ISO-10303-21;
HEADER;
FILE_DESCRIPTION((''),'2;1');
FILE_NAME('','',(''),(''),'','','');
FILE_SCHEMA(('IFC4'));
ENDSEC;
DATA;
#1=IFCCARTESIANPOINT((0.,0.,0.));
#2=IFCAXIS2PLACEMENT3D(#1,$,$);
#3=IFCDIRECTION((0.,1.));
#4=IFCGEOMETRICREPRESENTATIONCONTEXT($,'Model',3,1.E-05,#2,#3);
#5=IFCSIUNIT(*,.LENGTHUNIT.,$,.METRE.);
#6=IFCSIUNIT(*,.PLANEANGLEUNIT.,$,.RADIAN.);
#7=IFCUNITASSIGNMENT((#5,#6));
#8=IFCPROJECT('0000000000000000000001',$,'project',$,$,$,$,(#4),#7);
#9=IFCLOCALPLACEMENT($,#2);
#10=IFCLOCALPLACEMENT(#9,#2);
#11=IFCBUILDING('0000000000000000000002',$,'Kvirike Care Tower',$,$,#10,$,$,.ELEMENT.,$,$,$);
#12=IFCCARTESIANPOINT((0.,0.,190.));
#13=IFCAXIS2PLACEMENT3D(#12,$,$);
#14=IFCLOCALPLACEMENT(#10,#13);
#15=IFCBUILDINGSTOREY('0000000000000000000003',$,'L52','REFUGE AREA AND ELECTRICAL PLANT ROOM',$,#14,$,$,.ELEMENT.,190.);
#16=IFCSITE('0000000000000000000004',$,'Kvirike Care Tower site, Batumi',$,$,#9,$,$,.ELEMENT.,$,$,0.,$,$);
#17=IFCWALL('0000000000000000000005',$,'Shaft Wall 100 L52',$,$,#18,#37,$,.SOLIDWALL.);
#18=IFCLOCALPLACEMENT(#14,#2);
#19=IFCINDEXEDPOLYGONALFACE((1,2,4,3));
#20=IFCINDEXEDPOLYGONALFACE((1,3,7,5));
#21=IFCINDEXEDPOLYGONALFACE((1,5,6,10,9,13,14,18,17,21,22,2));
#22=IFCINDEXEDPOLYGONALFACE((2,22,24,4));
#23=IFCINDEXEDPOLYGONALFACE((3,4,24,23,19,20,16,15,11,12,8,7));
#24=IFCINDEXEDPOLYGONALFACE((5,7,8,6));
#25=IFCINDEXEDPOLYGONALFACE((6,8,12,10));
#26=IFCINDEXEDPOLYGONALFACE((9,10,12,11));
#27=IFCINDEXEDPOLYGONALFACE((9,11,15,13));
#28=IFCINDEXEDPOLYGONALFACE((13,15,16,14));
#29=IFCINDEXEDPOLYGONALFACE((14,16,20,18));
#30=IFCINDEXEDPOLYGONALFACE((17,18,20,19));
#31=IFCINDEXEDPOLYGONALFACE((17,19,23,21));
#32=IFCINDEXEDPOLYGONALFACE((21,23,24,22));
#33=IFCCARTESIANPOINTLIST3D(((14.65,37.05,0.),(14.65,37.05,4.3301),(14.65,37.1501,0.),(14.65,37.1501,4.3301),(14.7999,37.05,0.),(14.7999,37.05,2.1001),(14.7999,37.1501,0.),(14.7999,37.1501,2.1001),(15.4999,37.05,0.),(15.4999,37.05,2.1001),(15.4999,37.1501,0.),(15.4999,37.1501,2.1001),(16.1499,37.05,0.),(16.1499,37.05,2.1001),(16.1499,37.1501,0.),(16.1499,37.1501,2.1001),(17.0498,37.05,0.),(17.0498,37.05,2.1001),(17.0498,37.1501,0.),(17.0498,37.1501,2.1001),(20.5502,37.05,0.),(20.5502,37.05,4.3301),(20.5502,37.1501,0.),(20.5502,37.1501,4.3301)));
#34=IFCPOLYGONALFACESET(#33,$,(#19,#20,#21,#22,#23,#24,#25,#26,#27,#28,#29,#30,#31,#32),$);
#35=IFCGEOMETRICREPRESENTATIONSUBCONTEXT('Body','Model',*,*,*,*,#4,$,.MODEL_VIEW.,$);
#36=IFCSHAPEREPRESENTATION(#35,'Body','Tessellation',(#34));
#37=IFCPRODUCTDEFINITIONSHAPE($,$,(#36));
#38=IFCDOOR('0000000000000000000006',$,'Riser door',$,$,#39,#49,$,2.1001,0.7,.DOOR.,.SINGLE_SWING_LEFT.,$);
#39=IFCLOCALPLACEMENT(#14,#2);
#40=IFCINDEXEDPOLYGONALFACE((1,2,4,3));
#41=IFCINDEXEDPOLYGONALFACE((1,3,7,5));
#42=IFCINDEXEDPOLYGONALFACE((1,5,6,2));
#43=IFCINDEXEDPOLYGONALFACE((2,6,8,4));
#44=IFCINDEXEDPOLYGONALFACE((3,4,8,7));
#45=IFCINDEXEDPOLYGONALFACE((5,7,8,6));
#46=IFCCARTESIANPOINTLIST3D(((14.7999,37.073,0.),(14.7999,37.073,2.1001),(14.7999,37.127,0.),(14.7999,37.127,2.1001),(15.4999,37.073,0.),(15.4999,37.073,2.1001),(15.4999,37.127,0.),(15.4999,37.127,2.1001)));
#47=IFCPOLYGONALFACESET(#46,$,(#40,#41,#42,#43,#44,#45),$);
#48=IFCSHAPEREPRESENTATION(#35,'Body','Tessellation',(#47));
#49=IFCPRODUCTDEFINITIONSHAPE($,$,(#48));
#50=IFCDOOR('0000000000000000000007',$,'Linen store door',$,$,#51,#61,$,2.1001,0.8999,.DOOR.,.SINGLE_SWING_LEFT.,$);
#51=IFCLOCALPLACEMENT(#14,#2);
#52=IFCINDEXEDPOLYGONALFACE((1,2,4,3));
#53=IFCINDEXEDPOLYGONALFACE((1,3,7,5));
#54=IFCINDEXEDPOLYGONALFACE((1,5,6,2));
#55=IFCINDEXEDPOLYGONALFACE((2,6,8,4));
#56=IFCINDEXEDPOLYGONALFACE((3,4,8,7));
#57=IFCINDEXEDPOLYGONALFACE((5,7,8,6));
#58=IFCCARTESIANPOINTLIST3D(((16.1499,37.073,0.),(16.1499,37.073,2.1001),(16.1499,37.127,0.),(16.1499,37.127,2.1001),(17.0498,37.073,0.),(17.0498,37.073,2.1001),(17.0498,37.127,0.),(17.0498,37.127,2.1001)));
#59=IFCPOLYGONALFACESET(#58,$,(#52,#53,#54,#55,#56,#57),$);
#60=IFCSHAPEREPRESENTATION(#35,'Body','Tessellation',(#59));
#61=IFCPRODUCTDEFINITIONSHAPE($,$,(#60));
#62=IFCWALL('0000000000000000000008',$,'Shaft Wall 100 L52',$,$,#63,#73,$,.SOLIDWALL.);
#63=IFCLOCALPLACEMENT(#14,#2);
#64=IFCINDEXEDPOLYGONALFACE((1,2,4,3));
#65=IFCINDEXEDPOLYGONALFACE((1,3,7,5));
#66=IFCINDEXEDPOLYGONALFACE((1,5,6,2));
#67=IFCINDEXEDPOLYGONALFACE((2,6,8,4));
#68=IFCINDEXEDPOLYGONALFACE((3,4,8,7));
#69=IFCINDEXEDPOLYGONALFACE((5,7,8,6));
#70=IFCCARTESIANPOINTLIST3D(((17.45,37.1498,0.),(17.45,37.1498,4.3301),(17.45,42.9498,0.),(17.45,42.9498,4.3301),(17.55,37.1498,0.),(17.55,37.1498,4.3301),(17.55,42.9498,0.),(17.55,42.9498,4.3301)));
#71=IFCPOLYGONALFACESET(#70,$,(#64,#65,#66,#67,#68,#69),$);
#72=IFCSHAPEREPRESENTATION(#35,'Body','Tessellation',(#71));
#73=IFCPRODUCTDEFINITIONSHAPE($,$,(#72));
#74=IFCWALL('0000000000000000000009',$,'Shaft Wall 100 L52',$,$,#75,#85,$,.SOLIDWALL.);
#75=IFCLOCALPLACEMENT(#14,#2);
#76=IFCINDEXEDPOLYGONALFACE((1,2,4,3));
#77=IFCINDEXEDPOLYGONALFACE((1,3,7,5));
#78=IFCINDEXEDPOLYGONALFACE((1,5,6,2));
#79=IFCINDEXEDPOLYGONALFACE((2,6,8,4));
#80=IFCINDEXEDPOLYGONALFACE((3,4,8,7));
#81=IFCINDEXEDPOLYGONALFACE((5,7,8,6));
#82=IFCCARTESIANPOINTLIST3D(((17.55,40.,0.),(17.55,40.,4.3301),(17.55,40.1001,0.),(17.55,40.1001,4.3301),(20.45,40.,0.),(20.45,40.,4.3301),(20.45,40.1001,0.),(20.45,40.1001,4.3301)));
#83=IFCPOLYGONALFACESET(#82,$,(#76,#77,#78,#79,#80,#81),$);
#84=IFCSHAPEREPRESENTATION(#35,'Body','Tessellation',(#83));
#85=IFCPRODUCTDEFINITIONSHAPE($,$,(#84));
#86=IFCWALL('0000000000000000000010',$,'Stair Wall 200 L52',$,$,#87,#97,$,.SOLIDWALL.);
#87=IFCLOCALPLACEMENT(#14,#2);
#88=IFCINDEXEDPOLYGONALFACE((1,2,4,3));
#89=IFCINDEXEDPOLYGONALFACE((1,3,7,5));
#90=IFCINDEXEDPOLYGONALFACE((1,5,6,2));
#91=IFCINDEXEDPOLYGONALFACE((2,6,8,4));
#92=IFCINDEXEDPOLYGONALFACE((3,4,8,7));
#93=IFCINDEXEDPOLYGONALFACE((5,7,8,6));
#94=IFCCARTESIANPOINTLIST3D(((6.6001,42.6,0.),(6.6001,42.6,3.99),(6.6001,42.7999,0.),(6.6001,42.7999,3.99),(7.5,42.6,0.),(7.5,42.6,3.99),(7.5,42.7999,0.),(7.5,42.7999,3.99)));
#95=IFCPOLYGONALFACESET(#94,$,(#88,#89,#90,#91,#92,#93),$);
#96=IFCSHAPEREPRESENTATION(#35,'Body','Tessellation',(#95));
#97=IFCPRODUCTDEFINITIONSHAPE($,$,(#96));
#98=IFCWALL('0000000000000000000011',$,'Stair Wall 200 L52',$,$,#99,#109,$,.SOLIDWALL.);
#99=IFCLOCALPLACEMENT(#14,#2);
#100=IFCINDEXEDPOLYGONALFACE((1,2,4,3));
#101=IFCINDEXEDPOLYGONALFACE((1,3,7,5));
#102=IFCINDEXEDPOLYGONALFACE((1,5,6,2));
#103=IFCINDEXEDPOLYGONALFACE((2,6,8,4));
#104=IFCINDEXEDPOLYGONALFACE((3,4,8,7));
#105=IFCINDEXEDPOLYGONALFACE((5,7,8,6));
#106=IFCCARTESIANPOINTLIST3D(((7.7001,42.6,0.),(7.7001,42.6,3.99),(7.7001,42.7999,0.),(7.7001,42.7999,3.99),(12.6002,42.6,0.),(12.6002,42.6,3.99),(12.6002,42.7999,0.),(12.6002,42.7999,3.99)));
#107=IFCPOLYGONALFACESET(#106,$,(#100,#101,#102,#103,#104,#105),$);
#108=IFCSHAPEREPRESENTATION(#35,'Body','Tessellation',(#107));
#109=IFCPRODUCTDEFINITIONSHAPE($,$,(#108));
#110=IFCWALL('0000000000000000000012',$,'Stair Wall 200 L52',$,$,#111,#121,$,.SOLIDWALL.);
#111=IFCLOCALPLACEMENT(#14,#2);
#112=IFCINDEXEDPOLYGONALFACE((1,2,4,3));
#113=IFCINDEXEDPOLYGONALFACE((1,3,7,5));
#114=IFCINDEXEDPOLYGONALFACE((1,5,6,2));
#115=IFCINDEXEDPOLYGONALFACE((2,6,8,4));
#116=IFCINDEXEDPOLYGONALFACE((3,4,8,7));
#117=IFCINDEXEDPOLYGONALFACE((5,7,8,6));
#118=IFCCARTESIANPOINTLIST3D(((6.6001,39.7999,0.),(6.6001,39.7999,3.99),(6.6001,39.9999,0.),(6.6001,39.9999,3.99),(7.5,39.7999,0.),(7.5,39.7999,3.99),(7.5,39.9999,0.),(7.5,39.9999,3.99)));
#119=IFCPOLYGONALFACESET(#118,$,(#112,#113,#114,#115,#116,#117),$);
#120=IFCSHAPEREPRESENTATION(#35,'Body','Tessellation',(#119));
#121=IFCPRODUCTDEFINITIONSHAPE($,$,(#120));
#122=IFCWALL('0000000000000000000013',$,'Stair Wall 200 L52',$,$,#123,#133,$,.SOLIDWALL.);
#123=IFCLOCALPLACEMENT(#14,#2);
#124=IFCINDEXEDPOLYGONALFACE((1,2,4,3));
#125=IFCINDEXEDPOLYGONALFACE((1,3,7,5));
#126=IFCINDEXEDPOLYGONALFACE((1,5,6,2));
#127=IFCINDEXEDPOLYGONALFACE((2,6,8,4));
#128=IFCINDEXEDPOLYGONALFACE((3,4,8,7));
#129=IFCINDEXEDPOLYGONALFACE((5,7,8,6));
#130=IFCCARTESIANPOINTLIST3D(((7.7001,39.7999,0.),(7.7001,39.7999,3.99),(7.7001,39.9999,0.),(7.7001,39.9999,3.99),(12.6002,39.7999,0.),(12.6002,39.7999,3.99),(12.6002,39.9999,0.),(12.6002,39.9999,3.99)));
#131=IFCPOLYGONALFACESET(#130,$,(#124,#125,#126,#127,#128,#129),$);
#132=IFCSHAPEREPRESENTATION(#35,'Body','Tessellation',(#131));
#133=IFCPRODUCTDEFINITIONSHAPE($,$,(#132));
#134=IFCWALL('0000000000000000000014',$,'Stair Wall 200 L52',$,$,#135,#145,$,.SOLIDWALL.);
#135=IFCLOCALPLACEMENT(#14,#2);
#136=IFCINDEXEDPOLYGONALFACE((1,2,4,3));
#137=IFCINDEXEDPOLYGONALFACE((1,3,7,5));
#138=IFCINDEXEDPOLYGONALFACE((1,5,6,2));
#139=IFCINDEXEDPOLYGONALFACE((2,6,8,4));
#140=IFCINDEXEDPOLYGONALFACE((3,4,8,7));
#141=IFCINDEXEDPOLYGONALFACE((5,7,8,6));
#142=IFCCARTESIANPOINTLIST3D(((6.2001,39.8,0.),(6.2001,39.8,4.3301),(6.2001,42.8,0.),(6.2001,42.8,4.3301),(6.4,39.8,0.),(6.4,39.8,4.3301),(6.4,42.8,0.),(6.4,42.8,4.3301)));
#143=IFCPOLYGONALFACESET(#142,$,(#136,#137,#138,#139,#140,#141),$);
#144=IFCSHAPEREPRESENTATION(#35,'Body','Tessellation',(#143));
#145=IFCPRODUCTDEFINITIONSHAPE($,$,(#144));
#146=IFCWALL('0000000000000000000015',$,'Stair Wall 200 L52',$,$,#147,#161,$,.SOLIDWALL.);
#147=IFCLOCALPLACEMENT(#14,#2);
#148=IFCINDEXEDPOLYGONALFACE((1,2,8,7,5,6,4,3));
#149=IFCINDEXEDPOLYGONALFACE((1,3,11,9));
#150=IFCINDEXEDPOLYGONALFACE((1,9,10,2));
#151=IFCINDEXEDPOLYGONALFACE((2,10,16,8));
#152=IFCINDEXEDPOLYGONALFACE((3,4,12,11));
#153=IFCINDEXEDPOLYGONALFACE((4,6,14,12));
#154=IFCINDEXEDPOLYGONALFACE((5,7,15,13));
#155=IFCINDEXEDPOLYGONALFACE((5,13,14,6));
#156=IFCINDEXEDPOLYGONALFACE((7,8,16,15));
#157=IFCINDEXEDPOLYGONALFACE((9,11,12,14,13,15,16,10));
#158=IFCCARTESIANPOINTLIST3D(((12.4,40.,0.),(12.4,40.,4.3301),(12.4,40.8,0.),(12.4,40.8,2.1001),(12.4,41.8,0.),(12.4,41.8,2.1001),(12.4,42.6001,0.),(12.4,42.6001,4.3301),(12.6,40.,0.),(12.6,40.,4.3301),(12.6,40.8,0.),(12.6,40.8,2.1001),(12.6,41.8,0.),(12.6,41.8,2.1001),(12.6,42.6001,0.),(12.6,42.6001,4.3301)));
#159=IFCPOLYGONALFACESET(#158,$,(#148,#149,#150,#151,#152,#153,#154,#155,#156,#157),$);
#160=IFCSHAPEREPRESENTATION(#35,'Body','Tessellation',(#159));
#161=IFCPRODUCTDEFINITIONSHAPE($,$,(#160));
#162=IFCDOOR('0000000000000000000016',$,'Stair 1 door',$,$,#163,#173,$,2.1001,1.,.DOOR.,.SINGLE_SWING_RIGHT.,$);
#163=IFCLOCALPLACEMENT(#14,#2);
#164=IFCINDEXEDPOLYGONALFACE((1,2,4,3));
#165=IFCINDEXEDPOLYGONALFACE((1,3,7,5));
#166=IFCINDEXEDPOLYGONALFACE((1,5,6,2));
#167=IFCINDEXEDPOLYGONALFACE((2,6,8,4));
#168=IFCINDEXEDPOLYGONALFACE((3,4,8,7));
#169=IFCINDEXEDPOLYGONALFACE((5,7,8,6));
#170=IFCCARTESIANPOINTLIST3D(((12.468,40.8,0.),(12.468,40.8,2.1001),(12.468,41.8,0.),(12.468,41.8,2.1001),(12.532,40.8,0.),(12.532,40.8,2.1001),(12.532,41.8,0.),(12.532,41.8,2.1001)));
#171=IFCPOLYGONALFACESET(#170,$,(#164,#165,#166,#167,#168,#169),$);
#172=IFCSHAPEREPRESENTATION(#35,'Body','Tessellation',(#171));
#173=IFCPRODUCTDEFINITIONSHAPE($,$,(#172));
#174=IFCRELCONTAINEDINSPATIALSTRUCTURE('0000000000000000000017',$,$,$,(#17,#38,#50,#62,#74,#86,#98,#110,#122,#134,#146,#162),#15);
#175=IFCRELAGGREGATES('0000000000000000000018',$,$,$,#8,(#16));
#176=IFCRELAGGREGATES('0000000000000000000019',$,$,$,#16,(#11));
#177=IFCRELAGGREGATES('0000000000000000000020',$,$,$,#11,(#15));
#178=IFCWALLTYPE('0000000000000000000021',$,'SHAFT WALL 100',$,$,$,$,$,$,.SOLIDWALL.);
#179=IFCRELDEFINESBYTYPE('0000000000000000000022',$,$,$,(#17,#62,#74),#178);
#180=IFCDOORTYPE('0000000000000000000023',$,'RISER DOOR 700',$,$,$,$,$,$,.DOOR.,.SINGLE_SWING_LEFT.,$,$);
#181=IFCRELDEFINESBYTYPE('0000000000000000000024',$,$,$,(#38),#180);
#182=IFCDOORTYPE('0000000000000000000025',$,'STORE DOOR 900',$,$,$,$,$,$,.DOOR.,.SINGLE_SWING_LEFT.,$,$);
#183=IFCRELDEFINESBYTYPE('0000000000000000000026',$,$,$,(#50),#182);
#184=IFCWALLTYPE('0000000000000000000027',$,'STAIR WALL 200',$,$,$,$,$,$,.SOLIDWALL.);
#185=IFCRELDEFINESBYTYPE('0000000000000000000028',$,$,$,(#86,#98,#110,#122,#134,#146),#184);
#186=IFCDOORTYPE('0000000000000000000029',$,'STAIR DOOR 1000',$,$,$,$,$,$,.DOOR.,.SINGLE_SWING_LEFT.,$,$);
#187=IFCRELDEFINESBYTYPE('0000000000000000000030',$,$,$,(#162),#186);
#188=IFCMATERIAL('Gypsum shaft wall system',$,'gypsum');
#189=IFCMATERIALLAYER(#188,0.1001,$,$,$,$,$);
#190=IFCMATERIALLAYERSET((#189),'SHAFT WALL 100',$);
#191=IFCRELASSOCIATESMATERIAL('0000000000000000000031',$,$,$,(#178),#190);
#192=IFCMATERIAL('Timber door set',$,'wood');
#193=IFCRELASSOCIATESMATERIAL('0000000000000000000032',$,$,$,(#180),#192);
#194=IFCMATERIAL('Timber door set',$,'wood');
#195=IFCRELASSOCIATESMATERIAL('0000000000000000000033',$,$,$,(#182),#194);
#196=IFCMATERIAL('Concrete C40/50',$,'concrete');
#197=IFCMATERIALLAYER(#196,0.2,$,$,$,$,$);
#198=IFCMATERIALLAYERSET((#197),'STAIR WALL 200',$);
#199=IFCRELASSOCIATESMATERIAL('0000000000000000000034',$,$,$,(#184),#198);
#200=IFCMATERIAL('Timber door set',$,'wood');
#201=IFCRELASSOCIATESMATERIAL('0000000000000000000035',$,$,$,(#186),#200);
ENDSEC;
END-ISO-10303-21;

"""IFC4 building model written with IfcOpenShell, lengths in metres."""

from ifc_helpers import new_model, si_unit, direction, frame, frame_2d, origin, place, context, subcontext, project, spatial, rectangle, extrude, material, layer, layer_set, type_object, element, fill, save


model = new_model("IFC4")

# Units and contexts
model_context = context("Model", 3, precision=1e-05, world=origin(), true_north=direction((0.0, 1.0)))
body_context = subcontext(model_context, "Body", "Model", "MODEL_VIEW")
ifc_project = project(units=[si_unit("LENGTHUNIT", "METRE"), si_unit("PLANEANGLEUNIT", "RADIAN")], contexts=[model_context])

# Site, building, storey
site_placement = place(None, origin())
site = spatial("IfcSite", under=ifc_project, at=site_placement, Name="Kvirike Care Tower site, Batumi", CompositionType="ELEMENT", RefElevation=0.0)
building_placement = place(site_placement, origin())
building = spatial("IfcBuilding", under=site, at=building_placement, Name="Kvirike Care Tower", CompositionType="ELEMENT")
storey_placement = place(building_placement, frame((0.0, 0.0, 190.0)))
storey = spatial("IfcBuildingStorey", under=building, at=storey_placement, Name="L52", Description="REFUGE AREA AND ELECTRICAL PLANT ROOM", CompositionType="ELEMENT", Elevation=190.0)

# Shared definitions
ifc_material_1 = material(Name="Gypsum shaft wall system", Category="gypsum")
ifc_layer_1 = layer(ifc_material_1, 0.1001)
ifc_layer_set_1 = layer_set([ifc_layer_1], Name="SHAFT WALL 100")
wall_type_1 = type_object("IfcWallType", Name="SHAFT WALL 100", PredefinedType="SOLIDWALL", material=ifc_layer_set_1)

# Wall, openings, doors
wall_1_placement = place(storey_placement, frame((14.6499, 37.1001, 0.0), z_axis=(0.0, 0.0, 1.0), x_axis=(1.0, 0.0, 0.0)))
wall_1 = element("IfcWall", 1, at=wall_1_placement, inside=storey, type_object=wall_type_1, Name="Shaft Wall 100 L52", PredefinedType="SOLIDWALL", context=body_context, shape_type="SweptSolid", body=[
    extrude(rectangle(XDim=5.9001, YDim=0.1001, at=frame_2d((2.9502, 0.0))), origin(), (0.0, 0.0, 1.0), 4.3301),
])
opening_1_placement = place(wall_1_placement, frame((0.1499, 0.0, 0.0)))
opening_1 = element("IfcOpeningElement", 2, at=opening_1_placement, cuts=wall_1, PredefinedType="OPENING", context=body_context, shape_type="SweptSolid", body=[
    extrude(rectangle(XDim=0.7, YDim=2.1001, at=frame_2d((0.3501, 1.05))), frame((0.0, 0.0605, 0.0), z_axis=(0.0, -1.0, 0.0), x_axis=(1.0, 0.0, 0.0)), (0.0, 0.0, 1.0), 0.1211),
])
opening_2_placement = place(wall_1_placement, frame((1.5, 0.0, 0.0)))
opening_2 = element("IfcOpeningElement", 3, at=opening_2_placement, cuts=wall_1, PredefinedType="OPENING", context=body_context, shape_type="SweptSolid", body=[
    extrude(rectangle(XDim=0.8999, YDim=2.1001, at=frame_2d((0.45, 1.05))), frame((0.0, 0.0605, 0.0), z_axis=(0.0, -1.0, 0.0), x_axis=(1.0, 0.0, 0.0)), (0.0, 0.0, 1.0), 0.1211),
])
ifc_material_2 = material(Name="Timber door set", Category="wood")
door_type_1 = type_object("IfcDoorType", Name="RISER DOOR 700", OperationType="SINGLE_SWING_LEFT", PredefinedType="DOOR", material=ifc_material_2)
door_1_placement = place(opening_1_placement, origin())
door_1 = element("IfcDoor", 4, at=door_1_placement, inside=storey, type_object=door_type_1, Name="Riser door", OperationType="SINGLE_SWING_LEFT", OverallHeight=2.1001, OverallWidth=0.7, PredefinedType="DOOR", context=body_context, shape_type="SweptSolid", body=[
    extrude(rectangle(XDim=0.7, YDim=2.1001, at=frame_2d((0.3501, 1.05))), frame((0.0, 0.0269, 0.0), z_axis=(0.0, -1.0, 0.0), x_axis=(1.0, 0.0, 0.0)), (0.0, 0.0, 1.0), 0.054),
])
fill(opening_1, door_1)
ifc_material_3 = material(Name="Timber door set", Category="wood")
door_type_2 = type_object("IfcDoorType", Name="STORE DOOR 900", OperationType="SINGLE_SWING_LEFT", PredefinedType="DOOR", material=ifc_material_3)
door_2_placement = place(opening_2_placement, origin())
door_2 = element("IfcDoor", 5, at=door_2_placement, inside=storey, type_object=door_type_2, Name="Linen store door", OperationType="SINGLE_SWING_LEFT", OverallHeight=2.1001, OverallWidth=0.8999, PredefinedType="DOOR", context=body_context, shape_type="SweptSolid", body=[
    extrude(rectangle(XDim=0.8999, YDim=2.1001, at=frame_2d((0.45, 1.05))), frame((0.0, 0.0269, 0.0), z_axis=(0.0, -1.0, 0.0), x_axis=(1.0, 0.0, 0.0)), (0.0, 0.0, 1.0), 0.054),
])
fill(opening_2, door_2)

# Walls
wall_2_placement = place(storey_placement, frame((17.5, 37.1499, 0.0), z_axis=(0.0, 0.0, 1.0), x_axis=(0.0, 1.0, 0.0)))
element("IfcWall", 6, at=wall_2_placement, inside=storey, type_object=wall_type_1, Name="Shaft Wall 100 L52", PredefinedType="SOLIDWALL", context=body_context, shape_type="SweptSolid", body=[
    extrude(rectangle(XDim=5.8, YDim=0.1001, at=frame_2d((2.8999, 0.0))), origin(), (0.0, 0.0, 1.0), 4.3301),
])
wall_3_placement = place(storey_placement, frame((17.55, 40.05, 0.0), z_axis=(0.0, 0.0, 1.0), x_axis=(1.0, 0.0, 0.0)))
element("IfcWall", 7, at=wall_3_placement, inside=storey, type_object=wall_type_1, Name="Shaft Wall 100 L52", PredefinedType="SOLIDWALL", context=body_context, shape_type="SweptSolid", body=[
    extrude(rectangle(XDim=2.8999, YDim=0.1001, at=frame_2d((1.45, 0.0))), origin(), (0.0, 0.0, 1.0), 4.3301),
])
ifc_material_4 = material(Name="Concrete C40/50", Category="concrete")
ifc_layer_2 = layer(ifc_material_4, 0.2)
ifc_layer_set_2 = layer_set([ifc_layer_2], Name="STAIR WALL 200")
wall_type_2 = type_object("IfcWallType", Name="STAIR WALL 200", PredefinedType="SOLIDWALL", material=ifc_layer_set_2)
wall_4_placement = place(storey_placement, frame((6.6001, 42.7, 0.0), z_axis=(0.0, 0.0, 1.0), x_axis=(1.0, 0.0, 0.0)))
element("IfcWall", 8, at=wall_4_placement, inside=storey, type_object=wall_type_2, Name="Stair Wall 200 L52", PredefinedType="SOLIDWALL", context=body_context, shape_type="SweptSolid", body=[
    extrude(rectangle(XDim=0.8999, YDim=0.2, at=frame_2d((0.45, 0.0))), origin(), (0.0, 0.0, 1.0), 3.99),
])
wall_5_placement = place(storey_placement, frame((7.7, 42.7, 0.0), z_axis=(0.0, 0.0, 1.0), x_axis=(1.0, 0.0, 0.0)))
element("IfcWall", 9, at=wall_5_placement, inside=storey, type_object=wall_type_2, Name="Stair Wall 200 L52", PredefinedType="SOLIDWALL", context=body_context, shape_type="SweptSolid", body=[
    extrude(rectangle(XDim=4.9001, YDim=0.2, at=frame_2d((2.4502, 0.0))), origin(), (0.0, 0.0, 1.0), 3.99),
])
wall_6_placement = place(storey_placement, frame((6.6001, 39.8999, 0.0), z_axis=(0.0, 0.0, 1.0), x_axis=(1.0, 0.0, 0.0)))
element("IfcWall", 10, at=wall_6_placement, inside=storey, type_object=wall_type_2, Name="Stair Wall 200 L52", PredefinedType="SOLIDWALL", context=body_context, shape_type="SweptSolid", body=[
    extrude(rectangle(XDim=0.8999, YDim=0.2, at=frame_2d((0.45, 0.0))), origin(), (0.0, 0.0, 1.0), 3.99),
])
wall_7_placement = place(storey_placement, frame((7.7, 39.8999, 0.0), z_axis=(0.0, 0.0, 1.0), x_axis=(1.0, 0.0, 0.0)))
element("IfcWall", 11, at=wall_7_placement, inside=storey, type_object=wall_type_2, Name="Stair Wall 200 L52", PredefinedType="SOLIDWALL", context=body_context, shape_type="SweptSolid", body=[
    extrude(rectangle(XDim=4.9001, YDim=0.2, at=frame_2d((2.4502, 0.0))), origin(), (0.0, 0.0, 1.0), 3.99),
])
wall_8_placement = place(storey_placement, frame((6.3, 42.8, 0.0), z_axis=(0.0, 0.0, 1.0), x_axis=(0.0, -1.0, 0.0)))
element("IfcWall", 12, at=wall_8_placement, inside=storey, type_object=wall_type_2, Name="Stair Wall 200 L52", PredefinedType="SOLIDWALL", context=body_context, shape_type="SweptSolid", body=[
    extrude(rectangle(XDim=3.0, YDim=0.2, at=frame_2d((1.5, 0.0))), origin(), (0.0, 0.0, 1.0), 4.3301),
])

# Wall, opening, door
wall_9_placement = place(storey_placement, frame((12.5, 42.6001, 0.0), z_axis=(0.0, 0.0, 1.0), x_axis=(0.0, -1.0, 0.0)))
wall_9 = element("IfcWall", 13, at=wall_9_placement, inside=storey, type_object=wall_type_2, Name="Stair Wall 200 L52", PredefinedType="SOLIDWALL", context=body_context, shape_type="SweptSolid", body=[
    extrude(rectangle(XDim=2.6001, YDim=0.2, at=frame_2d((1.3, 0.0))), origin(), (0.0, 0.0, 1.0), 4.3301),
])
opening_3_placement = place(wall_9_placement, frame((0.8, 0.0, 0.0)))
opening_3 = element("IfcOpeningElement", 14, at=opening_3_placement, cuts=wall_9, PredefinedType="OPENING", context=body_context, shape_type="SweptSolid", body=[
    extrude(rectangle(XDim=1.0, YDim=2.1001, at=frame_2d((0.5, 1.05))), frame((0.0, 0.1106, 0.0), z_axis=(0.0, -1.0, 0.0), x_axis=(1.0, 0.0, 0.0)), (0.0, 0.0, 1.0), 0.2209),
])
ifc_material_5 = material(Name="Timber door set", Category="wood")
door_type_3 = type_object("IfcDoorType", Name="STAIR DOOR 1000", OperationType="SINGLE_SWING_LEFT", PredefinedType="DOOR", material=ifc_material_5)
door_3_placement = place(opening_3_placement, frame((1.0, 0.0, 0.0), z_axis=(0.0, 0.0, 1.0), x_axis=(-1.0, 0.0, 0.0)))
door_3 = element("IfcDoor", 15, at=door_3_placement, inside=storey, type_object=door_type_3, Name="Stair 1 door", OperationType="SINGLE_SWING_RIGHT", OverallHeight=2.1001, OverallWidth=1.0, PredefinedType="DOOR", context=body_context, shape_type="SweptSolid", body=[
    extrude(rectangle(XDim=1.0, YDim=2.1001, at=frame_2d((0.5, 1.05))), frame((0.0, 0.032, 0.0), z_axis=(0.0, -1.0, 0.0), x_axis=(1.0, 0.0, 0.0)), (0.0, 0.0, 1.0), 0.064),
])
fill(opening_3, door_3)

save(model, "model.ifc")
